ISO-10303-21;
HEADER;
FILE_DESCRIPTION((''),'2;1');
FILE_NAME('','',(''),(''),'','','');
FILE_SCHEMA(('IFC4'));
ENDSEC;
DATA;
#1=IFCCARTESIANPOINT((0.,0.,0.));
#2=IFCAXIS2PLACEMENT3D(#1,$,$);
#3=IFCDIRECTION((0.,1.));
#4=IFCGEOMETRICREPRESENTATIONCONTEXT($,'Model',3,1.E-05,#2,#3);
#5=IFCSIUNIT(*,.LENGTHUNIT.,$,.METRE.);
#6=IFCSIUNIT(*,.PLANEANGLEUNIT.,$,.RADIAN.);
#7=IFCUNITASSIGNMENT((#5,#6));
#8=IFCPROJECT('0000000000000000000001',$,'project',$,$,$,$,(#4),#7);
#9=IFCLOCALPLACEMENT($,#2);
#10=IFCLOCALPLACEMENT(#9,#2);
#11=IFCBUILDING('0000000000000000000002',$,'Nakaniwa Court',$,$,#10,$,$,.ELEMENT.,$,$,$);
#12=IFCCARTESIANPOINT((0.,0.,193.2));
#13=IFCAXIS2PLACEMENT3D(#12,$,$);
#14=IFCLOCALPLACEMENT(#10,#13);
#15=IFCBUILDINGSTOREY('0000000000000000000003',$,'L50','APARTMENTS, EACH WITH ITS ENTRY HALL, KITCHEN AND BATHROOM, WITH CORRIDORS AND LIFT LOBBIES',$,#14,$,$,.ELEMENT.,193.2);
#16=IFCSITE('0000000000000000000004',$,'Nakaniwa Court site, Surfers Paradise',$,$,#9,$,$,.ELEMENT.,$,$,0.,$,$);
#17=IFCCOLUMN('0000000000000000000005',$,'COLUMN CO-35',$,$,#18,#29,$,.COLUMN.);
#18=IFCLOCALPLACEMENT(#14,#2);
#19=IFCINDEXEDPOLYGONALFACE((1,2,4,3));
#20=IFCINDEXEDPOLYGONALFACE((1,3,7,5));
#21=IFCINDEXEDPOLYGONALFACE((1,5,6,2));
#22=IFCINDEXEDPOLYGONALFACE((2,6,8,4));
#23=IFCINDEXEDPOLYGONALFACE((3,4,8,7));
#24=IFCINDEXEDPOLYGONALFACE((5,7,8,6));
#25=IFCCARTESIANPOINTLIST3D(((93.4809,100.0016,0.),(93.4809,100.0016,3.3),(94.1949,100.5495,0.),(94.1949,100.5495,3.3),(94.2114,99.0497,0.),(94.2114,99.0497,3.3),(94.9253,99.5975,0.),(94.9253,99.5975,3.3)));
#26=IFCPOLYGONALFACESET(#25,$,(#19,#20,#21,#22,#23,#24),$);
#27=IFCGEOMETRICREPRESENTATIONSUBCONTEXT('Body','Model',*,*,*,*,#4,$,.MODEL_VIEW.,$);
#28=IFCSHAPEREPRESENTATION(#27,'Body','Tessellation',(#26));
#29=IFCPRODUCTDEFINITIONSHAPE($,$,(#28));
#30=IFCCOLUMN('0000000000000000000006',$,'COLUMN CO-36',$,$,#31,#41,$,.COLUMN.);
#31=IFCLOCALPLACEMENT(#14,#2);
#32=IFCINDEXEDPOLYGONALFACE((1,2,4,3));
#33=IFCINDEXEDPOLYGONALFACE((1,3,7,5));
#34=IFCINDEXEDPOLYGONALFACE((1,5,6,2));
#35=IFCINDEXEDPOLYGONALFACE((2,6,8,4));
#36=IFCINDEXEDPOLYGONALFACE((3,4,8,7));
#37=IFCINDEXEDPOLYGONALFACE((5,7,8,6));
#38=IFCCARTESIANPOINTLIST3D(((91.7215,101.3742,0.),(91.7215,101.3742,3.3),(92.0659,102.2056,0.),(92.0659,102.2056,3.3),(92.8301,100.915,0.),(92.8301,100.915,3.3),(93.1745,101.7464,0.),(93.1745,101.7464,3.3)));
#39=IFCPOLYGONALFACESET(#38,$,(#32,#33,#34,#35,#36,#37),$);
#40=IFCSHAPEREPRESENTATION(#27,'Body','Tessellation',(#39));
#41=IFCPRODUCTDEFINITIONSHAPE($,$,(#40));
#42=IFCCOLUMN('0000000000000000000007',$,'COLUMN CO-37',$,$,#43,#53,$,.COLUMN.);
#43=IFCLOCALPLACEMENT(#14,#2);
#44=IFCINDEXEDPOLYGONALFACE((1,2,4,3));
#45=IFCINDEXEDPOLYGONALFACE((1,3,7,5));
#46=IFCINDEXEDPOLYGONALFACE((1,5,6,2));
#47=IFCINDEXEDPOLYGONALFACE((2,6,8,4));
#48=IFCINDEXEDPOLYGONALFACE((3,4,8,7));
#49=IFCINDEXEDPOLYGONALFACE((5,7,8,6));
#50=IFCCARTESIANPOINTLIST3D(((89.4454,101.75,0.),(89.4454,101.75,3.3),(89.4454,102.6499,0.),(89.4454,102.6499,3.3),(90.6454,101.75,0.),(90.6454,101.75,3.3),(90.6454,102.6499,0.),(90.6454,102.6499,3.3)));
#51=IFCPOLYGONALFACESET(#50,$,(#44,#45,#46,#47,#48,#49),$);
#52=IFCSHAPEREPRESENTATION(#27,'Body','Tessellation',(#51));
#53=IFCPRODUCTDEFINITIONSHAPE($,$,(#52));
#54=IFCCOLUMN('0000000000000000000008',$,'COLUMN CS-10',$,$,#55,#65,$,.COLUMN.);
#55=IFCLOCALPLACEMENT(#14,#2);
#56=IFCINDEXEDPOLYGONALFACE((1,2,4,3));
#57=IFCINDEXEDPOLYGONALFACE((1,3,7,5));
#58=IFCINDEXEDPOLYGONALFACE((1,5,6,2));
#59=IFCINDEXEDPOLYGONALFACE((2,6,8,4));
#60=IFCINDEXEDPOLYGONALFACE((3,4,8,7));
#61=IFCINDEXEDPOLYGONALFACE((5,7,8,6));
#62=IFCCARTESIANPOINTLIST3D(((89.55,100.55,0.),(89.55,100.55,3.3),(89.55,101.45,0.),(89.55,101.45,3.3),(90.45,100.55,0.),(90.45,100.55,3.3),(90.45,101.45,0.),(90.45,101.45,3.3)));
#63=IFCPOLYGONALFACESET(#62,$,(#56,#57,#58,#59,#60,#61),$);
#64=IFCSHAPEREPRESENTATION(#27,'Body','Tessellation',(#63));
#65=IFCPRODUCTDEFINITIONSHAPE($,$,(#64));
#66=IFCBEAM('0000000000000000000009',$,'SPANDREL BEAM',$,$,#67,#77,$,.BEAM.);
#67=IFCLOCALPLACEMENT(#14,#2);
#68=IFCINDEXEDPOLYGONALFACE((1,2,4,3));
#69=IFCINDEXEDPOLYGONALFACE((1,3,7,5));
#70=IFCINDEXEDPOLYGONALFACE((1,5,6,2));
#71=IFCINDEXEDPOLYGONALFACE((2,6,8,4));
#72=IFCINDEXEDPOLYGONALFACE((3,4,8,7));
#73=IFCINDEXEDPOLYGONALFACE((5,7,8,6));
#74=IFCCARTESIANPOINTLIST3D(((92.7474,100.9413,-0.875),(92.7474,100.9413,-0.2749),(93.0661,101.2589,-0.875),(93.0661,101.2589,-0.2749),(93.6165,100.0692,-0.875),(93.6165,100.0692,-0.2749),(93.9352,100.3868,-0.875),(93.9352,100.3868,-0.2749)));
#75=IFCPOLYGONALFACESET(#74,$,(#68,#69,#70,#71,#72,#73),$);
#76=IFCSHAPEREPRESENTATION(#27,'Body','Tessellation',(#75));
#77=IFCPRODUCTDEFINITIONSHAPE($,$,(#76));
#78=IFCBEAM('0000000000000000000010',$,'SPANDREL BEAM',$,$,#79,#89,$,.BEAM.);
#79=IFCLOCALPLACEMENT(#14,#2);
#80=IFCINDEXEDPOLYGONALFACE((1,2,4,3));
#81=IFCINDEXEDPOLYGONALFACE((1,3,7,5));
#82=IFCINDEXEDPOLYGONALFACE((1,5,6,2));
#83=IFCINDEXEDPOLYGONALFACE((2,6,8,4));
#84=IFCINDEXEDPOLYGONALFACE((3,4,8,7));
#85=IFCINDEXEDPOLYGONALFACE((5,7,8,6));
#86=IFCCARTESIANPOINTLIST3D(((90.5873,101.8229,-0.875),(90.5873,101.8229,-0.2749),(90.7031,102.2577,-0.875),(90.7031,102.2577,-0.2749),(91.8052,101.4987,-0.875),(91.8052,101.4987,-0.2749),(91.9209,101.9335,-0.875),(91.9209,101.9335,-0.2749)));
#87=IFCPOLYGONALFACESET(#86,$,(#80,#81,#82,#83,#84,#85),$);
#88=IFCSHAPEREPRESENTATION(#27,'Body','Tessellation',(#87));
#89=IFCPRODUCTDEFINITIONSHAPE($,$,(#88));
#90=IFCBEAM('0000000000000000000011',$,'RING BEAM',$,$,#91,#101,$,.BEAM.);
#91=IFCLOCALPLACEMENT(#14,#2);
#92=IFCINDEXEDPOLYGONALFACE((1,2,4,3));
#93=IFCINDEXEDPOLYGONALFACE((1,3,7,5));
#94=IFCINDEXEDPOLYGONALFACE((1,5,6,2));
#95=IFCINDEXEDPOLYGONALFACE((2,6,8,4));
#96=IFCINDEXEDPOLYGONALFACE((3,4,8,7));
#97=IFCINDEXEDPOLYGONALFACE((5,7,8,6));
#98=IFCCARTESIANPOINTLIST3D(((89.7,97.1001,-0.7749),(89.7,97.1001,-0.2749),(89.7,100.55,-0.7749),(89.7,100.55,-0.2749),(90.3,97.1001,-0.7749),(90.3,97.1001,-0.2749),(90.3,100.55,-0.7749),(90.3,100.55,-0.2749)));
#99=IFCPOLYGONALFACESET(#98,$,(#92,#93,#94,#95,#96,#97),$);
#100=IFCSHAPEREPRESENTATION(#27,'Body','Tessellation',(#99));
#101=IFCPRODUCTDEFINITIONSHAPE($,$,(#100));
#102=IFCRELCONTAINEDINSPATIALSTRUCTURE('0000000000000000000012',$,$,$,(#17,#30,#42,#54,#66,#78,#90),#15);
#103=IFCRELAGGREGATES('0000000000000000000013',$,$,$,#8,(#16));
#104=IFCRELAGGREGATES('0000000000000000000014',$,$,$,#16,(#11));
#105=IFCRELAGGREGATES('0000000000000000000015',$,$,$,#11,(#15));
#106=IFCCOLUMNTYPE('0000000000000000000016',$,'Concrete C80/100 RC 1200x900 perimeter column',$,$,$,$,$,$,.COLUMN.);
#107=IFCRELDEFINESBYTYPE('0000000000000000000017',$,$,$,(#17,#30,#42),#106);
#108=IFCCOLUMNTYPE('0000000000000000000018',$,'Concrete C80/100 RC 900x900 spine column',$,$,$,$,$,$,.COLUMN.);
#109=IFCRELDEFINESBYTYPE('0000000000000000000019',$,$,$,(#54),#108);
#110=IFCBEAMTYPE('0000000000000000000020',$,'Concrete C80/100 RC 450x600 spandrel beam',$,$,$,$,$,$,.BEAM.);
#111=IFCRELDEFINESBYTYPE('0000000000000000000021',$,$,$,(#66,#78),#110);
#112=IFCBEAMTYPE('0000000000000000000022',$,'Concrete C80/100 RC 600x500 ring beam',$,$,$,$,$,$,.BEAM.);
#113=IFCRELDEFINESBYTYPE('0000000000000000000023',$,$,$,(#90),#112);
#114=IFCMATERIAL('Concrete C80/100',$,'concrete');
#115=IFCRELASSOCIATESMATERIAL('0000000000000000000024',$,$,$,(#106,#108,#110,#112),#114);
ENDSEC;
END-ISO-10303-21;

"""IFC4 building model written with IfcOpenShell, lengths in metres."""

from ifc_helpers import new_model, si_unit, direction, frame, origin, origin_2d, place, context, subcontext, project, spatial, rectangle, extrude, material, material_profile, profile_set, type_object, element, save


model = new_model("IFC4")

# Units and contexts
model_context = context("Model", 3, precision=1e-05, world=origin(), true_north=direction((0.0, 1.0)))
body_context = subcontext(model_context, "Body", "Model", "MODEL_VIEW")
ifc_project = project(units=[si_unit("LENGTHUNIT", "METRE"), si_unit("PLANEANGLEUNIT", "RADIAN")], contexts=[model_context])

# Site, building, storey
site_placement = place(None, origin())
site = spatial("IfcSite", under=ifc_project, at=site_placement, Name="Nakaniwa Court site, Surfers Paradise", CompositionType="ELEMENT", RefElevation=0.0)
building_placement = place(site_placement, origin())
building = spatial("IfcBuilding", under=site, at=building_placement, Name="Nakaniwa Court", CompositionType="ELEMENT")
storey_placement = place(building_placement, frame((0.0, 0.0, 193.2)))
storey = spatial("IfcBuildingStorey", under=building, at=storey_placement, Name="L50", Description="APARTMENTS, EACH WITH ITS ENTRY HALL, KITCHEN AND BATHROOM, WITH CORRIDORS AND LIFT LOBBIES", CompositionType="ELEMENT", Elevation=193.2)

# Columns
ifc_material_1 = material(Name="Concrete C80/100", Category="concrete")
ifc_material_profile_1 = material_profile(ifc_material_1, rectangle(XDim=1.2, YDim=0.8999, at=origin_2d()), Name="Concrete C80/100 RC 1200x900 perimeter column")
ifc_profile_set_1 = profile_set([ifc_material_profile_1], Name="Concrete C80/100")
column_type_1 = type_object("IfcColumnType", Name="Concrete C80/100 RC 1200x900 perimeter column", PredefinedType="COLUMN", material=ifc_profile_set_1)
for number, where, z_axis, x_axis, name in (
    (1, (94.2031, 99.7996, 0.0), (0.0, 0.0, 1.0), (-0.608761, 0.793353, 0.0), "COLUMN CO-35"),
    (2, (92.448, 101.5603, 0.0), (0.0, 0.0, 1.0), (-0.92388, 0.382683, 0.0), "COLUMN CO-36"),
    (3, (90.0454, 102.2, 0.0), (0.0, 0.0, 1.0), (-1.0, 0.0, 0.0), "COLUMN CO-37"),
):
    element("IfcColumn", number, at=place(storey_placement, frame(where, z_axis=z_axis, x_axis=x_axis)), inside=storey, type_object=column_type_1, Name=name, PredefinedType="COLUMN", context=body_context, shape_type="SweptSolid", body=[
        extrude(rectangle(XDim=1.2, YDim=0.8999, at=origin_2d()), origin(), (0.0, 0.0, 1.0), 3.3),
    ])
ifc_material_profile_2 = material_profile(ifc_material_1, rectangle(XDim=0.8999, YDim=0.8999, at=origin_2d()), Name="Concrete C80/100 RC 900x900 spine column")
ifc_profile_set_2 = profile_set([ifc_material_profile_2], Name="Concrete C80/100")
column_type_2 = type_object("IfcColumnType", Name="Concrete C80/100 RC 900x900 spine column", PredefinedType="COLUMN", material=ifc_profile_set_2)
column_placement = place(storey_placement, frame((90.0, 101.0, 0.0), z_axis=(0.0, 0.0, 1.0), x_axis=(0.0, 1.0, 0.0)))
element("IfcColumn", 4, at=column_placement, inside=storey, type_object=column_type_2, Name="COLUMN CS-10", PredefinedType="COLUMN", context=body_context, shape_type="SweptSolid", body=[
    extrude(rectangle(XDim=0.8999, YDim=0.8999, at=origin_2d()), origin(), (0.0, 0.0, 1.0), 3.3),
])

# Beams
ifc_material_profile_3 = material_profile(ifc_material_1, rectangle(XDim=0.45, YDim=0.6001, at=origin_2d()), Name="Concrete C80/100 RC 450x600 spandrel beam")
ifc_profile_set_3 = profile_set([ifc_material_profile_3], Name="Concrete C80/100")
beam_type_1 = type_object("IfcBeamType", Name="Concrete C80/100 RC 450x600 spandrel beam", PredefinedType="BEAM", material=ifc_profile_set_3)
beam_1_placement = place(storey_placement, frame((93.7759, 100.228, -0.575), z_axis=(-0.705916, 0.708296, 0.0), x_axis=(-0.708296, -0.705916, 0.0)))
element("IfcBeam", 5, at=beam_1_placement, inside=storey, type_object=beam_type_1, Name="SPANDREL BEAM", PredefinedType="BEAM", context=body_context, shape_type="SweptSolid", body=[
    extrude(rectangle(XDim=0.45, YDim=0.6001, at=origin_2d()), origin(), (0.0, 0.0, 1.0), 1.2312),
])
beam_2_placement = place(storey_placement, frame((91.863, 101.7161, -0.575), z_axis=(-0.966338, 0.257277, 0.0), x_axis=(-0.257277, -0.966338, 0.0)))
element("IfcBeam", 6, at=beam_2_placement, inside=storey, type_object=beam_type_1, Name="SPANDREL BEAM", PredefinedType="BEAM", context=body_context, shape_type="SweptSolid", body=[
    extrude(rectangle(XDim=0.45, YDim=0.6001, at=origin_2d()), origin(), (0.0, 0.0, 1.0), 1.2603),
])
ifc_material_profile_4 = material_profile(ifc_material_1, rectangle(XDim=0.6001, YDim=0.5, at=origin_2d()), Name="Concrete C80/100 RC 600x500 ring beam")
ifc_profile_set_4 = profile_set([ifc_material_profile_4], Name="Concrete C80/100")
beam_type_2 = type_object("IfcBeamType", Name="Concrete C80/100 RC 600x500 ring beam", PredefinedType="BEAM", material=ifc_profile_set_4)
beam_3_placement = place(storey_placement, frame((90.0, 97.1001, -0.5249), z_axis=(0.0, 1.0, 0.0), x_axis=(-1.0, 0.0, 0.0)))
element("IfcBeam", 7, at=beam_3_placement, inside=storey, type_object=beam_type_2, Name="RING BEAM", PredefinedType="BEAM", context=body_context, shape_type="SweptSolid", body=[
    extrude(rectangle(XDim=0.6001, YDim=0.5, at=origin_2d()), origin(), (0.0, 0.0, 1.0), 3.45),
])

save(model, "model.ifc")
